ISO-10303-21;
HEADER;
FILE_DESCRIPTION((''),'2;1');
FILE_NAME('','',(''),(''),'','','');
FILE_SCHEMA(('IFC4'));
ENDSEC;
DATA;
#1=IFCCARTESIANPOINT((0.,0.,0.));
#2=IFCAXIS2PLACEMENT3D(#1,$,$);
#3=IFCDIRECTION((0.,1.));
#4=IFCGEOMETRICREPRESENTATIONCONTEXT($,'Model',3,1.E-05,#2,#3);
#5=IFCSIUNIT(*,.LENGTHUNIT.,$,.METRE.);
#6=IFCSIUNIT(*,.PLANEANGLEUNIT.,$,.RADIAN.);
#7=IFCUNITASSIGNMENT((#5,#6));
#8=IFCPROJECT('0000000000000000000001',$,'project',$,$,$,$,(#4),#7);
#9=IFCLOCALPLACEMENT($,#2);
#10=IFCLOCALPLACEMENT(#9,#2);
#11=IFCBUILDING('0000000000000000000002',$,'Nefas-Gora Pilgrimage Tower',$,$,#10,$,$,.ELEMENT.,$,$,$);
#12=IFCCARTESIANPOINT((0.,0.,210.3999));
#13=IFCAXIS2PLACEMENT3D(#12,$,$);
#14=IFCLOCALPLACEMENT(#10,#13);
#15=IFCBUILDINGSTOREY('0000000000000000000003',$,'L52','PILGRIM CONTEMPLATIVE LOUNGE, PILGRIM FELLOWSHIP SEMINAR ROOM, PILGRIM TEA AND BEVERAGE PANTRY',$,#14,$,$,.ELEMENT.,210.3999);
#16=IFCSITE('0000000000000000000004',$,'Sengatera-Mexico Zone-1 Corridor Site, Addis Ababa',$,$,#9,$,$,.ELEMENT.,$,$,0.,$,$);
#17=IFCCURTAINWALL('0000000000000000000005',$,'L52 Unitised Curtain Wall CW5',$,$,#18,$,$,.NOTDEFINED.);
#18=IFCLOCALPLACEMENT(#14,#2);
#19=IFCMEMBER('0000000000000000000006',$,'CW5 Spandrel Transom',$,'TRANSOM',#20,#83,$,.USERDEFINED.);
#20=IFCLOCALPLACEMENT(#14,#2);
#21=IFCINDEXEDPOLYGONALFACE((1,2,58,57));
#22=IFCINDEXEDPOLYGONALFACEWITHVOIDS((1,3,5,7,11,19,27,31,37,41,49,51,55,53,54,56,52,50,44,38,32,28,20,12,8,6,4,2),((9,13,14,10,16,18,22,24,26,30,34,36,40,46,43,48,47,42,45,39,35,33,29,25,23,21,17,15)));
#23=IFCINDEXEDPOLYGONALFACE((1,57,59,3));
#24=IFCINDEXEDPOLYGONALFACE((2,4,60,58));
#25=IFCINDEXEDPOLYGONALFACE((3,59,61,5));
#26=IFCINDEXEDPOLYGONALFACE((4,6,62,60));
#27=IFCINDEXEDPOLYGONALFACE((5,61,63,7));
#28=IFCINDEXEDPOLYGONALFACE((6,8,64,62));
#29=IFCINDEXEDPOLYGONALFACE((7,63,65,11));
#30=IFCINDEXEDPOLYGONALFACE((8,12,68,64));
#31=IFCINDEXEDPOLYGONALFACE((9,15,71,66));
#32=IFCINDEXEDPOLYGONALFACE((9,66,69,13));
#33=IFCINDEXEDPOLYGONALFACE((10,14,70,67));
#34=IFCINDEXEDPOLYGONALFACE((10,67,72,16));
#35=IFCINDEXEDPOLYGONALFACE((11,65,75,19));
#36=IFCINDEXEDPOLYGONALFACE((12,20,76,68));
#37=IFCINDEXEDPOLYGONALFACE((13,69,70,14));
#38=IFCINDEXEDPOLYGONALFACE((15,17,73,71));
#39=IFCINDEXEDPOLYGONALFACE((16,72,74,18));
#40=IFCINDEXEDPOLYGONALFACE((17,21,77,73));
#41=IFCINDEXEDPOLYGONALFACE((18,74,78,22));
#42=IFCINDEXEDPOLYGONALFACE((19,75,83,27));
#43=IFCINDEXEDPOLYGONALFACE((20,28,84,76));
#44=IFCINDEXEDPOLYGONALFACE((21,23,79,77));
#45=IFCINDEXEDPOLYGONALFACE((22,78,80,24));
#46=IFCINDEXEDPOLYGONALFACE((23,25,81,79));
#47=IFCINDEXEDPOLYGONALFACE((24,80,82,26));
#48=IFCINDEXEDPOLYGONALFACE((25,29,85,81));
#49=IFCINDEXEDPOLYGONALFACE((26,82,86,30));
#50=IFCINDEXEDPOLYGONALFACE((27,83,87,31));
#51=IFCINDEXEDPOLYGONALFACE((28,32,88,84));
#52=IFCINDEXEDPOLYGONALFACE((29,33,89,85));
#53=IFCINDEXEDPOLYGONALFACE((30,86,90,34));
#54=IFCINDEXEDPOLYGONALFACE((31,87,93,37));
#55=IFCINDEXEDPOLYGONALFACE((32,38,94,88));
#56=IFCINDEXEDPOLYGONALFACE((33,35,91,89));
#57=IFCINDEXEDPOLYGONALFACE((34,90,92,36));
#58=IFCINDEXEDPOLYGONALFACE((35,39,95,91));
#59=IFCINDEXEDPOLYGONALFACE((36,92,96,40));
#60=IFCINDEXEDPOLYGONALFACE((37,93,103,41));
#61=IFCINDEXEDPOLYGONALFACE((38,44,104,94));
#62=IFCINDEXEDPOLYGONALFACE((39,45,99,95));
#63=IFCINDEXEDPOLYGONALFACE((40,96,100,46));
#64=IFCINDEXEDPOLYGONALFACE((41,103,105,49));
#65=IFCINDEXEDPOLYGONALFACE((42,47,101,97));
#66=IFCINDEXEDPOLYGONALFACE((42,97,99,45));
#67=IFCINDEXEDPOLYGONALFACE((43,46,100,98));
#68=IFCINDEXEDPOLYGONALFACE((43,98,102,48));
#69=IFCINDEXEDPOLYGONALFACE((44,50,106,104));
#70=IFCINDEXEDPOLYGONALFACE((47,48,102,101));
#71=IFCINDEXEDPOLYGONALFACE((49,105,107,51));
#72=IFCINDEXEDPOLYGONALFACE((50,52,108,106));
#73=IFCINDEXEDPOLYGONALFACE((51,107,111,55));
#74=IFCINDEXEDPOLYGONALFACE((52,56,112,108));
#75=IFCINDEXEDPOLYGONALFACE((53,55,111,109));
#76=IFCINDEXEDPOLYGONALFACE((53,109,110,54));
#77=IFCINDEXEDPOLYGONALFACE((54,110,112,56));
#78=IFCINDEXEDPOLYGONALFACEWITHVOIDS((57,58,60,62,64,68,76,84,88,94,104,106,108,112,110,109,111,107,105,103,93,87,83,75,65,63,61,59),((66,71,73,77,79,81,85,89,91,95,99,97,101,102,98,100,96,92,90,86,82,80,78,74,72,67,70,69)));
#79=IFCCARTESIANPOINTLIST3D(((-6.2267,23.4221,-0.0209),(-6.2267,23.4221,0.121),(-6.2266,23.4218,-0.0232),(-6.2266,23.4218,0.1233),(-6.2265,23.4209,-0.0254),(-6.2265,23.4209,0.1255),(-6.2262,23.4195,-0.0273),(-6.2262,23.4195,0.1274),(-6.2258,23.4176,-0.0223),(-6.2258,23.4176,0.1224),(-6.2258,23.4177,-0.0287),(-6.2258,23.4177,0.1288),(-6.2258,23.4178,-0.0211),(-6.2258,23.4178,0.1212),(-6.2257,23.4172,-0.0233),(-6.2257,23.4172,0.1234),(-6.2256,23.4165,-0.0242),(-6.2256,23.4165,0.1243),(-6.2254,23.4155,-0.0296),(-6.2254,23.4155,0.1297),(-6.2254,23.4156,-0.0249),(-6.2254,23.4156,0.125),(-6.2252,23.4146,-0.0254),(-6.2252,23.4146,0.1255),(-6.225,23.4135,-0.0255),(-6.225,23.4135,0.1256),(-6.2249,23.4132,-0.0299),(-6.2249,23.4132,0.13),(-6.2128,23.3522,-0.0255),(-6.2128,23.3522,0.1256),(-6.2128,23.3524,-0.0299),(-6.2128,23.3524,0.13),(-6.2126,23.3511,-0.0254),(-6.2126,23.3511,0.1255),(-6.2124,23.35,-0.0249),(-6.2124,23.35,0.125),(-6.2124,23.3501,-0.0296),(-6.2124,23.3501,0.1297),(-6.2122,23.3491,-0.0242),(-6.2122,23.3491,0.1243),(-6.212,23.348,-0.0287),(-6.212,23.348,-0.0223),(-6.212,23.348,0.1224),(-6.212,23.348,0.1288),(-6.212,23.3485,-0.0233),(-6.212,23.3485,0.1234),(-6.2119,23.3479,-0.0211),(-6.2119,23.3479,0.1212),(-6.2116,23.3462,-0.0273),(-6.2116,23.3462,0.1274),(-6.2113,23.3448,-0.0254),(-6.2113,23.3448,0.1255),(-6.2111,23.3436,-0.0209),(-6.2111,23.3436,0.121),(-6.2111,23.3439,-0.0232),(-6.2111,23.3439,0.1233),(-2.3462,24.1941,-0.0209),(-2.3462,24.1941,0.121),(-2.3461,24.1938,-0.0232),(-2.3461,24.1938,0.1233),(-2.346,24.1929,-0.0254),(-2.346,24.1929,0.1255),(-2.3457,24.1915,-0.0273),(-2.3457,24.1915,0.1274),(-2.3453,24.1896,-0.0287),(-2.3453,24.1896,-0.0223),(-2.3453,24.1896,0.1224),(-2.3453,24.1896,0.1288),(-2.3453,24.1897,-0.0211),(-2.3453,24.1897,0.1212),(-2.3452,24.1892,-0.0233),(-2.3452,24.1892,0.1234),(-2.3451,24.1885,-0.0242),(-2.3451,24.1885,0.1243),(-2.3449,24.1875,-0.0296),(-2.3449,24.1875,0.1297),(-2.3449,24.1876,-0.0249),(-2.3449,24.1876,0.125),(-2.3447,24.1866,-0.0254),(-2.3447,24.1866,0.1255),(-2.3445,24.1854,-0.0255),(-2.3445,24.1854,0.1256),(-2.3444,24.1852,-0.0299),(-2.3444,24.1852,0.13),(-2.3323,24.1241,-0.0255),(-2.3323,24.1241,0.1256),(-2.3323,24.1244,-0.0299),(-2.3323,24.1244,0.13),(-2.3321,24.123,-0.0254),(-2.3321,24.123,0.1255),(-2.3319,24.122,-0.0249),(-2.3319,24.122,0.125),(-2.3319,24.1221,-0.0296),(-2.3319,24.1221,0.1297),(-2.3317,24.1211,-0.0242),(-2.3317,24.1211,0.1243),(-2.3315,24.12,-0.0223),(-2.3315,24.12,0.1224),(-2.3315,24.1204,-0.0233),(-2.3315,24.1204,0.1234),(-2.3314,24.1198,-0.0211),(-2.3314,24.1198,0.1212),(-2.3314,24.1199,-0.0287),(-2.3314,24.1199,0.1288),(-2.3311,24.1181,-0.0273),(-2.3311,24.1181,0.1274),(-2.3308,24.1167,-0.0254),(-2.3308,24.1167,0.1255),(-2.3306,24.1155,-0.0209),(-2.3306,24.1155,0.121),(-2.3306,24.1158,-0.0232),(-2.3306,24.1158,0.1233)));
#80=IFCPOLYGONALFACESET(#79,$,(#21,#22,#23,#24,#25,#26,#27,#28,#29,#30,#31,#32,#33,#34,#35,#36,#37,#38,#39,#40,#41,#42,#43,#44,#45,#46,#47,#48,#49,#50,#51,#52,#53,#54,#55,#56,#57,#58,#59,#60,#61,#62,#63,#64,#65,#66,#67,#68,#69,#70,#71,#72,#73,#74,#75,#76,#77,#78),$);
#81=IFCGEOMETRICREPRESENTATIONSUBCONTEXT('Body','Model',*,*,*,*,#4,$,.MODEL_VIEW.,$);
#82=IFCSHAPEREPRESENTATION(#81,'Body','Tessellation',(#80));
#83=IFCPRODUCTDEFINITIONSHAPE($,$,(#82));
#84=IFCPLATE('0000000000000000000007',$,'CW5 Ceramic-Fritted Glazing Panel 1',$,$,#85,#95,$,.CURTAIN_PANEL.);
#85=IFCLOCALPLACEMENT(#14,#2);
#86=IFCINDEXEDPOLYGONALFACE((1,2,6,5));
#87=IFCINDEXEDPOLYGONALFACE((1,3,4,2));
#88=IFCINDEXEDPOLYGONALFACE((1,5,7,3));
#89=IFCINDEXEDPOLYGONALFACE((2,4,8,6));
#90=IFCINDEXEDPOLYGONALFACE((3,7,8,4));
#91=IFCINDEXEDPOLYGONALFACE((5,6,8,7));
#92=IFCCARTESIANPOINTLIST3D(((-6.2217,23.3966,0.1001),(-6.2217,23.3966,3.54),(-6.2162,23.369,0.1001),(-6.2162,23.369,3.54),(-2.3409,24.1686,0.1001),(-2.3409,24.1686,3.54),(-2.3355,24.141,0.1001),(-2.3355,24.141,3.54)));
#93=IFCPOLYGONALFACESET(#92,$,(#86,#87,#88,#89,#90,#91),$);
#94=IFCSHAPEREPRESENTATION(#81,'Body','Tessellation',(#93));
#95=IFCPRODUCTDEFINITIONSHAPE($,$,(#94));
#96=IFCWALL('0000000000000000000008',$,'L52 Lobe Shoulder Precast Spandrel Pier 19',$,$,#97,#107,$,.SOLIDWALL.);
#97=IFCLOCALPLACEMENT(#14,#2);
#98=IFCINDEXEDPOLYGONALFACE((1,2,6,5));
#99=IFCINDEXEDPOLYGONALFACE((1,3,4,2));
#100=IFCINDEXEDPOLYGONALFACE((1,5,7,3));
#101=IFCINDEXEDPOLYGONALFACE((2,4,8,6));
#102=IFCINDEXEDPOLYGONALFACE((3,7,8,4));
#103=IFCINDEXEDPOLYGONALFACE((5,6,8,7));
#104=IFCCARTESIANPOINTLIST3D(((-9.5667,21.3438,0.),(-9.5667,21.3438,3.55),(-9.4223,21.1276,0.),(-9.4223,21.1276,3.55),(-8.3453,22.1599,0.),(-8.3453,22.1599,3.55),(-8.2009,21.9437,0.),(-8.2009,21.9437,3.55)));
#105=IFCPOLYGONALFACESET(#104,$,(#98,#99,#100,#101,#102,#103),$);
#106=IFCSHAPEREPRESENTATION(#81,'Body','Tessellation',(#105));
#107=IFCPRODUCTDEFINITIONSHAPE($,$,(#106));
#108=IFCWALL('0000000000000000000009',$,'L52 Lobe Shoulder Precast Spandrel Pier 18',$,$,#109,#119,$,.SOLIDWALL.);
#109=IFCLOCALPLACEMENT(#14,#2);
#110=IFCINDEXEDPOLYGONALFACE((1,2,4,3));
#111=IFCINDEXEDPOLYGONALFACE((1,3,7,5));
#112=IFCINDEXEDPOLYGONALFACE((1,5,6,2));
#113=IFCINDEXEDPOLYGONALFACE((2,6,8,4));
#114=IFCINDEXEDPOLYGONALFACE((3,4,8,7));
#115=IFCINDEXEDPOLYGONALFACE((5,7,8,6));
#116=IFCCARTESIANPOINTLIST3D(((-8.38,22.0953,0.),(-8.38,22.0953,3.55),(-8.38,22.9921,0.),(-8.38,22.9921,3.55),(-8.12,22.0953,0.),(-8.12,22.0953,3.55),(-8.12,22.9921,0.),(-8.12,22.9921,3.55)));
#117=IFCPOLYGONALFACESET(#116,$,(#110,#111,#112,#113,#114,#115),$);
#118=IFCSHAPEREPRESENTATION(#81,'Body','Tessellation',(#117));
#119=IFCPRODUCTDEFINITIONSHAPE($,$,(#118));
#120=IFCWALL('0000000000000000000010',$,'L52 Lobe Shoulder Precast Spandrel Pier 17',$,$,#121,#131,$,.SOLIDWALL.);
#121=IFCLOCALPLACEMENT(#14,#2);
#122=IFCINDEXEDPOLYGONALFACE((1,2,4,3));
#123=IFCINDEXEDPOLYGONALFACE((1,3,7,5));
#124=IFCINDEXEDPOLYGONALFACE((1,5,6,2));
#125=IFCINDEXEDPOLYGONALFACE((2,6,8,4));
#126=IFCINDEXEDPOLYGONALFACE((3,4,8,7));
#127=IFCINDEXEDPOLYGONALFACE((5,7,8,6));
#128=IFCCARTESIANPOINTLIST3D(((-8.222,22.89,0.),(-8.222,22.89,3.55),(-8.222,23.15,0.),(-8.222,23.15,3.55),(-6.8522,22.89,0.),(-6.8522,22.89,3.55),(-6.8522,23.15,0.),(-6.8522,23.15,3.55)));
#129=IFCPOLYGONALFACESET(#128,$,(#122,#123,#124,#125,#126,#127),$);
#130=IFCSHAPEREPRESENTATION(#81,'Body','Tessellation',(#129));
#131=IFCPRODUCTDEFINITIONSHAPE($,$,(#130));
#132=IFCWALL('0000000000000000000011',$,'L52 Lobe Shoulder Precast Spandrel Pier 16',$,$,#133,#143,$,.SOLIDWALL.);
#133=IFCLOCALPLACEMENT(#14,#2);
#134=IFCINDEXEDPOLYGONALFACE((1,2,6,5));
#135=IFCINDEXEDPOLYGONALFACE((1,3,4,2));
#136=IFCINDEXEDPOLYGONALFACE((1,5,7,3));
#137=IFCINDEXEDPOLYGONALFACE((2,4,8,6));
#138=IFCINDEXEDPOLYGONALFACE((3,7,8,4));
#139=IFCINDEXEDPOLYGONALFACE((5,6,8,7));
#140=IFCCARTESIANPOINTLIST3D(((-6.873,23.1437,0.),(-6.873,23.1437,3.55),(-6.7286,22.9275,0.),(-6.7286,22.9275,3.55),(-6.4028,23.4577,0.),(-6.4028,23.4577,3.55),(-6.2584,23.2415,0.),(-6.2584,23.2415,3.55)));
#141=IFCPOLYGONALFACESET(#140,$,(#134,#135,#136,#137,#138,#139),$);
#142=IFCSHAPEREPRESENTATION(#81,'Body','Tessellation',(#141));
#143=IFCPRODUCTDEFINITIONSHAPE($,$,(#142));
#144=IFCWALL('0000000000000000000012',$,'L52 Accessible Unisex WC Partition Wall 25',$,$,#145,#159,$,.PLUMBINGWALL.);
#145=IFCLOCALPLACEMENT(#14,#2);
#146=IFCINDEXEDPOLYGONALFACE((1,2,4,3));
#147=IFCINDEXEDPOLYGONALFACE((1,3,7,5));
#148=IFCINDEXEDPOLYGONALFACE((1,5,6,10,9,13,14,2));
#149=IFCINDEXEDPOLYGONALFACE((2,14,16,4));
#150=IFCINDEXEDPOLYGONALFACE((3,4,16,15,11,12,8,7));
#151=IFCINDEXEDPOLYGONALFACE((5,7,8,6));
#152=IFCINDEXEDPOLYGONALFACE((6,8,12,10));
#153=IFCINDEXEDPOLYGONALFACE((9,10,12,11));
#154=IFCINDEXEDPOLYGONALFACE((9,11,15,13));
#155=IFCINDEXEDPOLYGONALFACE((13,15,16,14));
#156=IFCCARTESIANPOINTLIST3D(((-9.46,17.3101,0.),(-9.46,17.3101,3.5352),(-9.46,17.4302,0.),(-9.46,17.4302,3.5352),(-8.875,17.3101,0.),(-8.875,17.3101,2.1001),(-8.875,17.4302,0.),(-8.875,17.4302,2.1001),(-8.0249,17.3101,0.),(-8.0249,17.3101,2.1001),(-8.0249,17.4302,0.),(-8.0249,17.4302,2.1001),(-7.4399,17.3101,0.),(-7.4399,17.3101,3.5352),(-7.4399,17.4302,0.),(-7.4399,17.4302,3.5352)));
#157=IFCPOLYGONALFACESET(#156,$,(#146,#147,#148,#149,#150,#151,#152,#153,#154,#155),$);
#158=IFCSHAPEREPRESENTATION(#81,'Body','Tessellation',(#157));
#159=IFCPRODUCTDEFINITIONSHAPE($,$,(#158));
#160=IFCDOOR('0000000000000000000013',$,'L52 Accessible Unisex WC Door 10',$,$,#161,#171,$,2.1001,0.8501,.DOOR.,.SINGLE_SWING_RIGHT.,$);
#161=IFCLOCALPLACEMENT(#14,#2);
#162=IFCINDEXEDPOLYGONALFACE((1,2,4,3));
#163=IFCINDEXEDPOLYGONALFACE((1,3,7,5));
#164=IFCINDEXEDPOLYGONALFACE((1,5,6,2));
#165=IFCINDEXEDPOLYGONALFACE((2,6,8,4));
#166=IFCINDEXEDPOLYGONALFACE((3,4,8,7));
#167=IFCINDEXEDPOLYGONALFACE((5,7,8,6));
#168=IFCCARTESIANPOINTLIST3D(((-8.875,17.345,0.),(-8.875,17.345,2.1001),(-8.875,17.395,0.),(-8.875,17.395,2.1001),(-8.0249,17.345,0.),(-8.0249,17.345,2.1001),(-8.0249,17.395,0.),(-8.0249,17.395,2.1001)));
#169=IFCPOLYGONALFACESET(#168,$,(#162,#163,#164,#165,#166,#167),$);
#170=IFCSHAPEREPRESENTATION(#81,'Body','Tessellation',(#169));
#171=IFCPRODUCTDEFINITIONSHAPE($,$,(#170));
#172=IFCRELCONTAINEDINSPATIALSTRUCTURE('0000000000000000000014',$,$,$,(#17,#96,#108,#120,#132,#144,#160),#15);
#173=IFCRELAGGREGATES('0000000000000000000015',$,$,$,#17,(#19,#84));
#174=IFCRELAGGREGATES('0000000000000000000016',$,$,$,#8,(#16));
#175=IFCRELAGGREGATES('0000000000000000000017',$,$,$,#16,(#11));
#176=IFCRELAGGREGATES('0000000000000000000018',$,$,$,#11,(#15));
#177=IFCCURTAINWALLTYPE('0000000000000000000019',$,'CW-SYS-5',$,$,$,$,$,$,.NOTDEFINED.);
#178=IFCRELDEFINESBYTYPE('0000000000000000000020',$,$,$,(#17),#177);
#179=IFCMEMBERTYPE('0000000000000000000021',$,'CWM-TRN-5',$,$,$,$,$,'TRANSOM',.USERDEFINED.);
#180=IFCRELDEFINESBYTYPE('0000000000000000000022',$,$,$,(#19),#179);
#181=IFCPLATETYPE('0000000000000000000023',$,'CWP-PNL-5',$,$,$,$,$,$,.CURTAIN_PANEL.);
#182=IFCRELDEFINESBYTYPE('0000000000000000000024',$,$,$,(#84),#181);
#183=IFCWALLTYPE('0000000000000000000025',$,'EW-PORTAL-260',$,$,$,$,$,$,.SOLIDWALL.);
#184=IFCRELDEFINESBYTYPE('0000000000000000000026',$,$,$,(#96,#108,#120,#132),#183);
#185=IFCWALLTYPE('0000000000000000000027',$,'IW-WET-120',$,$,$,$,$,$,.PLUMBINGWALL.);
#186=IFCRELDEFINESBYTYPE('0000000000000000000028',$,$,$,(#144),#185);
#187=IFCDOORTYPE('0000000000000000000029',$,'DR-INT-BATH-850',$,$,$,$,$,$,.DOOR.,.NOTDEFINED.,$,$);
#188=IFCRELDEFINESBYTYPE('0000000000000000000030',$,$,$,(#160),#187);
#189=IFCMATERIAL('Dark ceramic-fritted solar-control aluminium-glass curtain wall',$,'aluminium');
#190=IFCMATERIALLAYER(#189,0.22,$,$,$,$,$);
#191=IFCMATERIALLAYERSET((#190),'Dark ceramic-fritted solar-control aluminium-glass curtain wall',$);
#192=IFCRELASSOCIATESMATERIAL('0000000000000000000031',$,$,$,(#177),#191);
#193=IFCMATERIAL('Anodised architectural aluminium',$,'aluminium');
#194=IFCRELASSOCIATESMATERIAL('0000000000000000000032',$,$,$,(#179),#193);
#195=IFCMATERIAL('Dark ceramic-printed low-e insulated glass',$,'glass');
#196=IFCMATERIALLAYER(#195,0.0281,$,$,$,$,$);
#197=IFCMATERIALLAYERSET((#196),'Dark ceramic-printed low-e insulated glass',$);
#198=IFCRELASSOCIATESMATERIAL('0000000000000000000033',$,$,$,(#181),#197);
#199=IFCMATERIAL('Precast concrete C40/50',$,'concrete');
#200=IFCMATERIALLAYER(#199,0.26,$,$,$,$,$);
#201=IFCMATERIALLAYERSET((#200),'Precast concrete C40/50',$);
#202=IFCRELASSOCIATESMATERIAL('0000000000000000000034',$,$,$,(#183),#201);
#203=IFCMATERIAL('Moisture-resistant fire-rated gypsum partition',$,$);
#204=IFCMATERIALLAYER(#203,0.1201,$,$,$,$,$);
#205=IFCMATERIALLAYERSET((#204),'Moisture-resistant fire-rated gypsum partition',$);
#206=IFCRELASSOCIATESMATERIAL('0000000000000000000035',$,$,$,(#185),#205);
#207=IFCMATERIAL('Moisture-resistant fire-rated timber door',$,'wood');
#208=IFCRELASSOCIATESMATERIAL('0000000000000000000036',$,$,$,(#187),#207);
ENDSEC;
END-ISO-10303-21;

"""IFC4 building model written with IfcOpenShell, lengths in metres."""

from ifc_helpers import new_model, si_unit, direction, frame, frame_2d, origin, origin_2d, place, context, subcontext, project, spatial, rectangle, hollow_rectangle, extrude, source, transform, mapped, material, layer, layer_set, material_profile, profile_set, type_object, element, fill, aggregate, save


model = new_model("IFC4")

# Units and contexts
model_context = context("Model", 3, precision=1e-05, world=origin(), true_north=direction((0.0, 1.0)))
body_context = subcontext(model_context, "Body", "Model", "MODEL_VIEW")
ifc_project = project(units=[si_unit("LENGTHUNIT", "METRE"), si_unit("PLANEANGLEUNIT", "RADIAN")], contexts=[model_context])

# Site, building, storey
site_placement = place(None, origin())
site = spatial("IfcSite", under=ifc_project, at=site_placement, Name="Sengatera-Mexico Zone-1 Corridor Site, Addis Ababa", CompositionType="ELEMENT", RefElevation=0.0)
building_placement = place(site_placement, origin())
building = spatial("IfcBuilding", under=site, at=building_placement, Name="Nefas-Gora Pilgrimage Tower", CompositionType="ELEMENT")
storey_placement = place(building_placement, frame((0.0, 0.0, 210.3999)))
storey = spatial("IfcBuildingStorey", under=building, at=storey_placement, Name="L52", Description="PILGRIM CONTEMPLATIVE LOUNGE, PILGRIM FELLOWSHIP SEMINAR ROOM, PILGRIM TEA AND BEVERAGE PANTRY", CompositionType="ELEMENT", Elevation=210.3999)

# Curtain wall
ifc_material_1 = material(Name="Dark ceramic-fritted solar-control aluminium-glass curtain wall", Category="aluminium")
ifc_layer_1 = layer(ifc_material_1, 0.22)
ifc_layer_set_1 = layer_set([ifc_layer_1], Name="Dark ceramic-fritted solar-control aluminium-glass curtain wall")
curtain_wall_type = type_object("IfcCurtainWallType", Name="CW-SYS-5", PredefinedType="NOTDEFINED", material=ifc_layer_set_1)
curtain_wall_1_placement = place(storey_placement, origin())
curtain_wall_1 = element("IfcCurtainWall", 1, at=curtain_wall_1_placement, inside=storey, type_object=curtain_wall_type, Name="L52 Unitised Curtain Wall CW5", PredefinedType="NOTDEFINED")
ifc_material_2 = material(Name="Anodised architectural aluminium", Category="aluminium")
ifc_material_profile_1 = material_profile(ifc_material_2, hollow_rectangle(XDim=0.0801, YDim=0.1599, WallThickness=0.0044, InnerFilletRadius=0.0044, OuterFilletRadius=0.009, at=origin_2d()), Name="ALU TRANSOM 80x160")
ifc_profile_set_1 = profile_set([ifc_material_profile_1], Name="Anodised architectural aluminium")
member_type_1 = type_object("IfcMemberType", Name="CWM-TRN-5", ElementType="TRANSOM", PredefinedType="USERDEFINED", material=ifc_profile_set_1)

# Member
shared_shape_1 = source(origin(), body_context, "Body", "SweptSolid", [
    extrude(hollow_rectangle(XDim=0.0801, YDim=0.1599, WallThickness=0.0044, InnerFilletRadius=0.0044, OuterFilletRadius=0.009, at=origin_2d()), origin(), (0.0, 0.0, 1.0), 3.9565),
])
member_1_placement = place(storey_placement, frame((-2.3384, 24.1548, 0.05), z_axis=(-0.980782, -0.195107, 0.0), x_axis=(0.195107, -0.980782, 0.0)))
member_1 = element("IfcMember", 2, at=member_1_placement, type_object=member_type_1, Name="CW5 Spandrel Transom", ObjectType="TRANSOM", PredefinedType="USERDEFINED", context=body_context, shape_type="MappedRepresentation", body=[
    mapped(shared_shape_1, transform((0.0, 0.0, 0.0), x_axis=(1.0, 0.0, 0.0), y_axis=(0.0, 1.0, 0.0), z_axis=(0.0, 0.0, 1.0), scale=1.0)),
])

# Plate
ifc_material_3 = material(Name="Dark ceramic-printed low-e insulated glass", Category="glass")
ifc_layer_2 = layer(ifc_material_3, 0.0281)
ifc_layer_set_2 = layer_set([ifc_layer_2], Name="Dark ceramic-printed low-e insulated glass")
plate_type = type_object("IfcPlateType", Name="CWP-PNL-5", PredefinedType="CURTAIN_PANEL", material=ifc_layer_set_2)
shared_shape_2 = source(origin(), body_context, "Body", "SweptSolid", [
    extrude(rectangle(XDim=3.9568, YDim=0.0281, at=origin_2d()), origin(), (0.0, 0.0, 1.0), 3.4399),
])
plate_placement = place(storey_placement, frame((-4.2786, 23.7688, 0.1001), z_axis=(0.0, 0.0, 1.0), x_axis=(-0.980783, -0.195102, 0.0)))
plate = element("IfcPlate", 3, at=plate_placement, type_object=plate_type, Name="CW5 Ceramic-Fritted Glazing Panel 1", PredefinedType="CURTAIN_PANEL", context=body_context, shape_type="MappedRepresentation", body=[
    mapped(shared_shape_2, transform((0.0, 0.0, 0.0), x_axis=(1.0, 0.0, 0.0), y_axis=(0.0, 1.0, 0.0), z_axis=(0.0, 0.0, 1.0), scale=1.0)),
])
aggregate(curtain_wall_1, [member_1, plate])

# Walls
ifc_material_4 = material(Name="Precast concrete C40/50", Category="concrete")
ifc_layer_3 = layer(ifc_material_4, 0.26)
ifc_layer_set_3 = layer_set([ifc_layer_3], Name="Precast concrete C40/50")
wall_type_1 = type_object("IfcWallType", Name="EW-PORTAL-260", PredefinedType="SOLIDWALL", material=ifc_layer_set_3)
shared_shape_3 = source(origin(), body_context, "Body", "SweptSolid", [
    extrude(rectangle(XDim=1.469, YDim=0.26, at=frame_2d((0.7344, 0.0))), origin(), (0.0, 0.0, 1.0), 3.55),
])
wall_1_placement = place(storey_placement, frame((-8.2732, 22.0518, 0.0), z_axis=(0.0, 0.0, 1.0), x_axis=(-0.831462, -0.555582, 0.0)))
element("IfcWall", 4, at=wall_1_placement, inside=storey, type_object=wall_type_1, Name="L52 Lobe Shoulder Precast Spandrel Pier 19", PredefinedType="SOLIDWALL", context=body_context, shape_type="MappedRepresentation", body=[
    mapped(shared_shape_3, transform((0.0, 0.0, 0.0), x_axis=(1.0, 0.0, 0.0), y_axis=(0.0, 1.0, 0.0), z_axis=(0.0, 0.0, 1.0), scale=1.0)),
])
shared_shape_4 = source(origin(), body_context, "Body", "SweptSolid", [
    extrude(rectangle(XDim=0.8967, YDim=0.26, at=frame_2d((0.4482, 0.0))), origin(), (0.0, 0.0, 1.0), 3.55),
])
wall_2_placement = place(storey_placement, frame((-8.25, 22.9919, 0.0), z_axis=(0.0, 0.0, 1.0), x_axis=(0.0, -1.0, 0.0)))
element("IfcWall", 5, at=wall_2_placement, inside=storey, type_object=wall_type_1, Name="L52 Lobe Shoulder Precast Spandrel Pier 18", PredefinedType="SOLIDWALL", context=body_context, shape_type="MappedRepresentation", body=[
    mapped(shared_shape_4, transform((0.0, 0.0, 0.0), x_axis=(1.0, 0.0, 0.0), y_axis=(0.0, 1.0, 0.0), z_axis=(0.0, 0.0, 1.0), scale=1.0)),
])
shared_shape_5 = source(origin(), body_context, "Body", "SweptSolid", [
    extrude(rectangle(XDim=1.3699, YDim=0.26, at=frame_2d((0.6851, 0.0))), origin(), (0.0, 0.0, 1.0), 3.55),
])
wall_3_placement = place(storey_placement, frame((-6.8521, 23.02, 0.0), z_axis=(0.0, 0.0, 1.0), x_axis=(-1.0, 0.0, 0.0)))
element("IfcWall", 6, at=wall_3_placement, inside=storey, type_object=wall_type_1, Name="L52 Lobe Shoulder Precast Spandrel Pier 17", PredefinedType="SOLIDWALL", context=body_context, shape_type="MappedRepresentation", body=[
    mapped(shared_shape_5, transform((0.0, 0.0, 0.0), x_axis=(1.0, 0.0, 0.0), y_axis=(0.0, 1.0, 0.0), z_axis=(0.0, 0.0, 1.0), scale=1.0)),
])
shared_shape_6 = source(origin(), body_context, "Body", "SweptSolid", [
    extrude(rectangle(XDim=0.5654, YDim=0.26, at=frame_2d((0.2827, 0.0))), origin(), (0.0, 0.0, 1.0), 3.55),
])
wall_4_placement = place(storey_placement, frame((-6.3306, 23.3496, 0.0), z_axis=(0.0, 0.0, 1.0), x_axis=(-0.831651, -0.555298, 0.0)))
element("IfcWall", 7, at=wall_4_placement, inside=storey, type_object=wall_type_1, Name="L52 Lobe Shoulder Precast Spandrel Pier 16", PredefinedType="SOLIDWALL", context=body_context, shape_type="MappedRepresentation", body=[
    mapped(shared_shape_6, transform((0.0, 0.0, 0.0), x_axis=(1.0, 0.0, 0.0), y_axis=(0.0, 1.0, 0.0), z_axis=(0.0, 0.0, 1.0), scale=1.0)),
])

# Wall, opening, door
ifc_material_5 = material(Name="Moisture-resistant fire-rated gypsum partition")
ifc_layer_4 = layer(ifc_material_5, 0.1201)
ifc_layer_set_4 = layer_set([ifc_layer_4], Name="Moisture-resistant fire-rated gypsum partition")
wall_type_2 = type_object("IfcWallType", Name="IW-WET-120", PredefinedType="PLUMBINGWALL", material=ifc_layer_set_4)
shared_shape_7 = source(origin(), body_context, "Body", "SweptSolid", [
    extrude(rectangle(XDim=2.02, YDim=0.1201, at=frame_2d((1.01, 0.0))), origin(), (0.0, 0.0, 1.0), 3.5352),
])
wall_5_placement = place(storey_placement, frame((-9.46, 17.3701, 0.0), z_axis=(0.0, 0.0, 1.0), x_axis=(1.0, 0.0, 0.0)))
wall_5 = element("IfcWall", 8, at=wall_5_placement, inside=storey, type_object=wall_type_2, Name="L52 Accessible Unisex WC Partition Wall 25", PredefinedType="PLUMBINGWALL", context=body_context, shape_type="MappedRepresentation", body=[
    mapped(shared_shape_7, transform((0.0, 0.0, 0.0), x_axis=(1.0, 0.0, 0.0), y_axis=(0.0, 1.0, 0.0), z_axis=(0.0, 0.0, 1.0), scale=1.0)),
])
opening_1_placement = place(wall_5_placement, frame((0.585, 0.0, 0.0)))
opening_1 = element("IfcOpeningElement", 9, at=opening_1_placement, cuts=wall_5, PredefinedType="OPENING", context=body_context, shape_type="SweptSolid", body=[
    extrude(rectangle(XDim=0.8501, YDim=2.1001, at=frame_2d((0.425, 1.05))), frame((0.0, 0.0701, 0.0), z_axis=(0.0, -1.0, 0.0), x_axis=(1.0, 0.0, 0.0)), (0.0, 0.0, 1.0), 0.1401),
])
ifc_material_6 = material(Name="Moisture-resistant fire-rated timber door", Category="wood")
door_type_1 = type_object("IfcDoorType", Name="DR-INT-BATH-850", OperationType="NOTDEFINED", PredefinedType="DOOR", material=ifc_material_6)
shared_shape_8 = source(origin(), body_context, "Body", "SweptSolid", [
    extrude(rectangle(XDim=0.8501, YDim=2.1001, at=frame_2d((0.425, 1.05))), frame((0.0, 0.0249, 0.0), z_axis=(0.0, -1.0, 0.0), x_axis=(1.0, 0.0, 0.0)), (0.0, 0.0, 1.0), 0.05),
])
door_1_placement = place(opening_1_placement, origin())
door_1 = element("IfcDoor", 10, at=door_1_placement, inside=storey, type_object=door_type_1, Name="L52 Accessible Unisex WC Door 10", OperationType="SINGLE_SWING_RIGHT", OverallHeight=2.1001, OverallWidth=0.8501, PredefinedType="DOOR", context=body_context, shape_type="MappedRepresentation", body=[
    mapped(shared_shape_8, transform((0.0, 0.0, 0.0), x_axis=(1.0, 0.0, 0.0), y_axis=(0.0, 1.0, 0.0), z_axis=(0.0, 0.0, 1.0), scale=1.0)),
])
fill(opening_1, door_1)

save(model, "model.ifc")
